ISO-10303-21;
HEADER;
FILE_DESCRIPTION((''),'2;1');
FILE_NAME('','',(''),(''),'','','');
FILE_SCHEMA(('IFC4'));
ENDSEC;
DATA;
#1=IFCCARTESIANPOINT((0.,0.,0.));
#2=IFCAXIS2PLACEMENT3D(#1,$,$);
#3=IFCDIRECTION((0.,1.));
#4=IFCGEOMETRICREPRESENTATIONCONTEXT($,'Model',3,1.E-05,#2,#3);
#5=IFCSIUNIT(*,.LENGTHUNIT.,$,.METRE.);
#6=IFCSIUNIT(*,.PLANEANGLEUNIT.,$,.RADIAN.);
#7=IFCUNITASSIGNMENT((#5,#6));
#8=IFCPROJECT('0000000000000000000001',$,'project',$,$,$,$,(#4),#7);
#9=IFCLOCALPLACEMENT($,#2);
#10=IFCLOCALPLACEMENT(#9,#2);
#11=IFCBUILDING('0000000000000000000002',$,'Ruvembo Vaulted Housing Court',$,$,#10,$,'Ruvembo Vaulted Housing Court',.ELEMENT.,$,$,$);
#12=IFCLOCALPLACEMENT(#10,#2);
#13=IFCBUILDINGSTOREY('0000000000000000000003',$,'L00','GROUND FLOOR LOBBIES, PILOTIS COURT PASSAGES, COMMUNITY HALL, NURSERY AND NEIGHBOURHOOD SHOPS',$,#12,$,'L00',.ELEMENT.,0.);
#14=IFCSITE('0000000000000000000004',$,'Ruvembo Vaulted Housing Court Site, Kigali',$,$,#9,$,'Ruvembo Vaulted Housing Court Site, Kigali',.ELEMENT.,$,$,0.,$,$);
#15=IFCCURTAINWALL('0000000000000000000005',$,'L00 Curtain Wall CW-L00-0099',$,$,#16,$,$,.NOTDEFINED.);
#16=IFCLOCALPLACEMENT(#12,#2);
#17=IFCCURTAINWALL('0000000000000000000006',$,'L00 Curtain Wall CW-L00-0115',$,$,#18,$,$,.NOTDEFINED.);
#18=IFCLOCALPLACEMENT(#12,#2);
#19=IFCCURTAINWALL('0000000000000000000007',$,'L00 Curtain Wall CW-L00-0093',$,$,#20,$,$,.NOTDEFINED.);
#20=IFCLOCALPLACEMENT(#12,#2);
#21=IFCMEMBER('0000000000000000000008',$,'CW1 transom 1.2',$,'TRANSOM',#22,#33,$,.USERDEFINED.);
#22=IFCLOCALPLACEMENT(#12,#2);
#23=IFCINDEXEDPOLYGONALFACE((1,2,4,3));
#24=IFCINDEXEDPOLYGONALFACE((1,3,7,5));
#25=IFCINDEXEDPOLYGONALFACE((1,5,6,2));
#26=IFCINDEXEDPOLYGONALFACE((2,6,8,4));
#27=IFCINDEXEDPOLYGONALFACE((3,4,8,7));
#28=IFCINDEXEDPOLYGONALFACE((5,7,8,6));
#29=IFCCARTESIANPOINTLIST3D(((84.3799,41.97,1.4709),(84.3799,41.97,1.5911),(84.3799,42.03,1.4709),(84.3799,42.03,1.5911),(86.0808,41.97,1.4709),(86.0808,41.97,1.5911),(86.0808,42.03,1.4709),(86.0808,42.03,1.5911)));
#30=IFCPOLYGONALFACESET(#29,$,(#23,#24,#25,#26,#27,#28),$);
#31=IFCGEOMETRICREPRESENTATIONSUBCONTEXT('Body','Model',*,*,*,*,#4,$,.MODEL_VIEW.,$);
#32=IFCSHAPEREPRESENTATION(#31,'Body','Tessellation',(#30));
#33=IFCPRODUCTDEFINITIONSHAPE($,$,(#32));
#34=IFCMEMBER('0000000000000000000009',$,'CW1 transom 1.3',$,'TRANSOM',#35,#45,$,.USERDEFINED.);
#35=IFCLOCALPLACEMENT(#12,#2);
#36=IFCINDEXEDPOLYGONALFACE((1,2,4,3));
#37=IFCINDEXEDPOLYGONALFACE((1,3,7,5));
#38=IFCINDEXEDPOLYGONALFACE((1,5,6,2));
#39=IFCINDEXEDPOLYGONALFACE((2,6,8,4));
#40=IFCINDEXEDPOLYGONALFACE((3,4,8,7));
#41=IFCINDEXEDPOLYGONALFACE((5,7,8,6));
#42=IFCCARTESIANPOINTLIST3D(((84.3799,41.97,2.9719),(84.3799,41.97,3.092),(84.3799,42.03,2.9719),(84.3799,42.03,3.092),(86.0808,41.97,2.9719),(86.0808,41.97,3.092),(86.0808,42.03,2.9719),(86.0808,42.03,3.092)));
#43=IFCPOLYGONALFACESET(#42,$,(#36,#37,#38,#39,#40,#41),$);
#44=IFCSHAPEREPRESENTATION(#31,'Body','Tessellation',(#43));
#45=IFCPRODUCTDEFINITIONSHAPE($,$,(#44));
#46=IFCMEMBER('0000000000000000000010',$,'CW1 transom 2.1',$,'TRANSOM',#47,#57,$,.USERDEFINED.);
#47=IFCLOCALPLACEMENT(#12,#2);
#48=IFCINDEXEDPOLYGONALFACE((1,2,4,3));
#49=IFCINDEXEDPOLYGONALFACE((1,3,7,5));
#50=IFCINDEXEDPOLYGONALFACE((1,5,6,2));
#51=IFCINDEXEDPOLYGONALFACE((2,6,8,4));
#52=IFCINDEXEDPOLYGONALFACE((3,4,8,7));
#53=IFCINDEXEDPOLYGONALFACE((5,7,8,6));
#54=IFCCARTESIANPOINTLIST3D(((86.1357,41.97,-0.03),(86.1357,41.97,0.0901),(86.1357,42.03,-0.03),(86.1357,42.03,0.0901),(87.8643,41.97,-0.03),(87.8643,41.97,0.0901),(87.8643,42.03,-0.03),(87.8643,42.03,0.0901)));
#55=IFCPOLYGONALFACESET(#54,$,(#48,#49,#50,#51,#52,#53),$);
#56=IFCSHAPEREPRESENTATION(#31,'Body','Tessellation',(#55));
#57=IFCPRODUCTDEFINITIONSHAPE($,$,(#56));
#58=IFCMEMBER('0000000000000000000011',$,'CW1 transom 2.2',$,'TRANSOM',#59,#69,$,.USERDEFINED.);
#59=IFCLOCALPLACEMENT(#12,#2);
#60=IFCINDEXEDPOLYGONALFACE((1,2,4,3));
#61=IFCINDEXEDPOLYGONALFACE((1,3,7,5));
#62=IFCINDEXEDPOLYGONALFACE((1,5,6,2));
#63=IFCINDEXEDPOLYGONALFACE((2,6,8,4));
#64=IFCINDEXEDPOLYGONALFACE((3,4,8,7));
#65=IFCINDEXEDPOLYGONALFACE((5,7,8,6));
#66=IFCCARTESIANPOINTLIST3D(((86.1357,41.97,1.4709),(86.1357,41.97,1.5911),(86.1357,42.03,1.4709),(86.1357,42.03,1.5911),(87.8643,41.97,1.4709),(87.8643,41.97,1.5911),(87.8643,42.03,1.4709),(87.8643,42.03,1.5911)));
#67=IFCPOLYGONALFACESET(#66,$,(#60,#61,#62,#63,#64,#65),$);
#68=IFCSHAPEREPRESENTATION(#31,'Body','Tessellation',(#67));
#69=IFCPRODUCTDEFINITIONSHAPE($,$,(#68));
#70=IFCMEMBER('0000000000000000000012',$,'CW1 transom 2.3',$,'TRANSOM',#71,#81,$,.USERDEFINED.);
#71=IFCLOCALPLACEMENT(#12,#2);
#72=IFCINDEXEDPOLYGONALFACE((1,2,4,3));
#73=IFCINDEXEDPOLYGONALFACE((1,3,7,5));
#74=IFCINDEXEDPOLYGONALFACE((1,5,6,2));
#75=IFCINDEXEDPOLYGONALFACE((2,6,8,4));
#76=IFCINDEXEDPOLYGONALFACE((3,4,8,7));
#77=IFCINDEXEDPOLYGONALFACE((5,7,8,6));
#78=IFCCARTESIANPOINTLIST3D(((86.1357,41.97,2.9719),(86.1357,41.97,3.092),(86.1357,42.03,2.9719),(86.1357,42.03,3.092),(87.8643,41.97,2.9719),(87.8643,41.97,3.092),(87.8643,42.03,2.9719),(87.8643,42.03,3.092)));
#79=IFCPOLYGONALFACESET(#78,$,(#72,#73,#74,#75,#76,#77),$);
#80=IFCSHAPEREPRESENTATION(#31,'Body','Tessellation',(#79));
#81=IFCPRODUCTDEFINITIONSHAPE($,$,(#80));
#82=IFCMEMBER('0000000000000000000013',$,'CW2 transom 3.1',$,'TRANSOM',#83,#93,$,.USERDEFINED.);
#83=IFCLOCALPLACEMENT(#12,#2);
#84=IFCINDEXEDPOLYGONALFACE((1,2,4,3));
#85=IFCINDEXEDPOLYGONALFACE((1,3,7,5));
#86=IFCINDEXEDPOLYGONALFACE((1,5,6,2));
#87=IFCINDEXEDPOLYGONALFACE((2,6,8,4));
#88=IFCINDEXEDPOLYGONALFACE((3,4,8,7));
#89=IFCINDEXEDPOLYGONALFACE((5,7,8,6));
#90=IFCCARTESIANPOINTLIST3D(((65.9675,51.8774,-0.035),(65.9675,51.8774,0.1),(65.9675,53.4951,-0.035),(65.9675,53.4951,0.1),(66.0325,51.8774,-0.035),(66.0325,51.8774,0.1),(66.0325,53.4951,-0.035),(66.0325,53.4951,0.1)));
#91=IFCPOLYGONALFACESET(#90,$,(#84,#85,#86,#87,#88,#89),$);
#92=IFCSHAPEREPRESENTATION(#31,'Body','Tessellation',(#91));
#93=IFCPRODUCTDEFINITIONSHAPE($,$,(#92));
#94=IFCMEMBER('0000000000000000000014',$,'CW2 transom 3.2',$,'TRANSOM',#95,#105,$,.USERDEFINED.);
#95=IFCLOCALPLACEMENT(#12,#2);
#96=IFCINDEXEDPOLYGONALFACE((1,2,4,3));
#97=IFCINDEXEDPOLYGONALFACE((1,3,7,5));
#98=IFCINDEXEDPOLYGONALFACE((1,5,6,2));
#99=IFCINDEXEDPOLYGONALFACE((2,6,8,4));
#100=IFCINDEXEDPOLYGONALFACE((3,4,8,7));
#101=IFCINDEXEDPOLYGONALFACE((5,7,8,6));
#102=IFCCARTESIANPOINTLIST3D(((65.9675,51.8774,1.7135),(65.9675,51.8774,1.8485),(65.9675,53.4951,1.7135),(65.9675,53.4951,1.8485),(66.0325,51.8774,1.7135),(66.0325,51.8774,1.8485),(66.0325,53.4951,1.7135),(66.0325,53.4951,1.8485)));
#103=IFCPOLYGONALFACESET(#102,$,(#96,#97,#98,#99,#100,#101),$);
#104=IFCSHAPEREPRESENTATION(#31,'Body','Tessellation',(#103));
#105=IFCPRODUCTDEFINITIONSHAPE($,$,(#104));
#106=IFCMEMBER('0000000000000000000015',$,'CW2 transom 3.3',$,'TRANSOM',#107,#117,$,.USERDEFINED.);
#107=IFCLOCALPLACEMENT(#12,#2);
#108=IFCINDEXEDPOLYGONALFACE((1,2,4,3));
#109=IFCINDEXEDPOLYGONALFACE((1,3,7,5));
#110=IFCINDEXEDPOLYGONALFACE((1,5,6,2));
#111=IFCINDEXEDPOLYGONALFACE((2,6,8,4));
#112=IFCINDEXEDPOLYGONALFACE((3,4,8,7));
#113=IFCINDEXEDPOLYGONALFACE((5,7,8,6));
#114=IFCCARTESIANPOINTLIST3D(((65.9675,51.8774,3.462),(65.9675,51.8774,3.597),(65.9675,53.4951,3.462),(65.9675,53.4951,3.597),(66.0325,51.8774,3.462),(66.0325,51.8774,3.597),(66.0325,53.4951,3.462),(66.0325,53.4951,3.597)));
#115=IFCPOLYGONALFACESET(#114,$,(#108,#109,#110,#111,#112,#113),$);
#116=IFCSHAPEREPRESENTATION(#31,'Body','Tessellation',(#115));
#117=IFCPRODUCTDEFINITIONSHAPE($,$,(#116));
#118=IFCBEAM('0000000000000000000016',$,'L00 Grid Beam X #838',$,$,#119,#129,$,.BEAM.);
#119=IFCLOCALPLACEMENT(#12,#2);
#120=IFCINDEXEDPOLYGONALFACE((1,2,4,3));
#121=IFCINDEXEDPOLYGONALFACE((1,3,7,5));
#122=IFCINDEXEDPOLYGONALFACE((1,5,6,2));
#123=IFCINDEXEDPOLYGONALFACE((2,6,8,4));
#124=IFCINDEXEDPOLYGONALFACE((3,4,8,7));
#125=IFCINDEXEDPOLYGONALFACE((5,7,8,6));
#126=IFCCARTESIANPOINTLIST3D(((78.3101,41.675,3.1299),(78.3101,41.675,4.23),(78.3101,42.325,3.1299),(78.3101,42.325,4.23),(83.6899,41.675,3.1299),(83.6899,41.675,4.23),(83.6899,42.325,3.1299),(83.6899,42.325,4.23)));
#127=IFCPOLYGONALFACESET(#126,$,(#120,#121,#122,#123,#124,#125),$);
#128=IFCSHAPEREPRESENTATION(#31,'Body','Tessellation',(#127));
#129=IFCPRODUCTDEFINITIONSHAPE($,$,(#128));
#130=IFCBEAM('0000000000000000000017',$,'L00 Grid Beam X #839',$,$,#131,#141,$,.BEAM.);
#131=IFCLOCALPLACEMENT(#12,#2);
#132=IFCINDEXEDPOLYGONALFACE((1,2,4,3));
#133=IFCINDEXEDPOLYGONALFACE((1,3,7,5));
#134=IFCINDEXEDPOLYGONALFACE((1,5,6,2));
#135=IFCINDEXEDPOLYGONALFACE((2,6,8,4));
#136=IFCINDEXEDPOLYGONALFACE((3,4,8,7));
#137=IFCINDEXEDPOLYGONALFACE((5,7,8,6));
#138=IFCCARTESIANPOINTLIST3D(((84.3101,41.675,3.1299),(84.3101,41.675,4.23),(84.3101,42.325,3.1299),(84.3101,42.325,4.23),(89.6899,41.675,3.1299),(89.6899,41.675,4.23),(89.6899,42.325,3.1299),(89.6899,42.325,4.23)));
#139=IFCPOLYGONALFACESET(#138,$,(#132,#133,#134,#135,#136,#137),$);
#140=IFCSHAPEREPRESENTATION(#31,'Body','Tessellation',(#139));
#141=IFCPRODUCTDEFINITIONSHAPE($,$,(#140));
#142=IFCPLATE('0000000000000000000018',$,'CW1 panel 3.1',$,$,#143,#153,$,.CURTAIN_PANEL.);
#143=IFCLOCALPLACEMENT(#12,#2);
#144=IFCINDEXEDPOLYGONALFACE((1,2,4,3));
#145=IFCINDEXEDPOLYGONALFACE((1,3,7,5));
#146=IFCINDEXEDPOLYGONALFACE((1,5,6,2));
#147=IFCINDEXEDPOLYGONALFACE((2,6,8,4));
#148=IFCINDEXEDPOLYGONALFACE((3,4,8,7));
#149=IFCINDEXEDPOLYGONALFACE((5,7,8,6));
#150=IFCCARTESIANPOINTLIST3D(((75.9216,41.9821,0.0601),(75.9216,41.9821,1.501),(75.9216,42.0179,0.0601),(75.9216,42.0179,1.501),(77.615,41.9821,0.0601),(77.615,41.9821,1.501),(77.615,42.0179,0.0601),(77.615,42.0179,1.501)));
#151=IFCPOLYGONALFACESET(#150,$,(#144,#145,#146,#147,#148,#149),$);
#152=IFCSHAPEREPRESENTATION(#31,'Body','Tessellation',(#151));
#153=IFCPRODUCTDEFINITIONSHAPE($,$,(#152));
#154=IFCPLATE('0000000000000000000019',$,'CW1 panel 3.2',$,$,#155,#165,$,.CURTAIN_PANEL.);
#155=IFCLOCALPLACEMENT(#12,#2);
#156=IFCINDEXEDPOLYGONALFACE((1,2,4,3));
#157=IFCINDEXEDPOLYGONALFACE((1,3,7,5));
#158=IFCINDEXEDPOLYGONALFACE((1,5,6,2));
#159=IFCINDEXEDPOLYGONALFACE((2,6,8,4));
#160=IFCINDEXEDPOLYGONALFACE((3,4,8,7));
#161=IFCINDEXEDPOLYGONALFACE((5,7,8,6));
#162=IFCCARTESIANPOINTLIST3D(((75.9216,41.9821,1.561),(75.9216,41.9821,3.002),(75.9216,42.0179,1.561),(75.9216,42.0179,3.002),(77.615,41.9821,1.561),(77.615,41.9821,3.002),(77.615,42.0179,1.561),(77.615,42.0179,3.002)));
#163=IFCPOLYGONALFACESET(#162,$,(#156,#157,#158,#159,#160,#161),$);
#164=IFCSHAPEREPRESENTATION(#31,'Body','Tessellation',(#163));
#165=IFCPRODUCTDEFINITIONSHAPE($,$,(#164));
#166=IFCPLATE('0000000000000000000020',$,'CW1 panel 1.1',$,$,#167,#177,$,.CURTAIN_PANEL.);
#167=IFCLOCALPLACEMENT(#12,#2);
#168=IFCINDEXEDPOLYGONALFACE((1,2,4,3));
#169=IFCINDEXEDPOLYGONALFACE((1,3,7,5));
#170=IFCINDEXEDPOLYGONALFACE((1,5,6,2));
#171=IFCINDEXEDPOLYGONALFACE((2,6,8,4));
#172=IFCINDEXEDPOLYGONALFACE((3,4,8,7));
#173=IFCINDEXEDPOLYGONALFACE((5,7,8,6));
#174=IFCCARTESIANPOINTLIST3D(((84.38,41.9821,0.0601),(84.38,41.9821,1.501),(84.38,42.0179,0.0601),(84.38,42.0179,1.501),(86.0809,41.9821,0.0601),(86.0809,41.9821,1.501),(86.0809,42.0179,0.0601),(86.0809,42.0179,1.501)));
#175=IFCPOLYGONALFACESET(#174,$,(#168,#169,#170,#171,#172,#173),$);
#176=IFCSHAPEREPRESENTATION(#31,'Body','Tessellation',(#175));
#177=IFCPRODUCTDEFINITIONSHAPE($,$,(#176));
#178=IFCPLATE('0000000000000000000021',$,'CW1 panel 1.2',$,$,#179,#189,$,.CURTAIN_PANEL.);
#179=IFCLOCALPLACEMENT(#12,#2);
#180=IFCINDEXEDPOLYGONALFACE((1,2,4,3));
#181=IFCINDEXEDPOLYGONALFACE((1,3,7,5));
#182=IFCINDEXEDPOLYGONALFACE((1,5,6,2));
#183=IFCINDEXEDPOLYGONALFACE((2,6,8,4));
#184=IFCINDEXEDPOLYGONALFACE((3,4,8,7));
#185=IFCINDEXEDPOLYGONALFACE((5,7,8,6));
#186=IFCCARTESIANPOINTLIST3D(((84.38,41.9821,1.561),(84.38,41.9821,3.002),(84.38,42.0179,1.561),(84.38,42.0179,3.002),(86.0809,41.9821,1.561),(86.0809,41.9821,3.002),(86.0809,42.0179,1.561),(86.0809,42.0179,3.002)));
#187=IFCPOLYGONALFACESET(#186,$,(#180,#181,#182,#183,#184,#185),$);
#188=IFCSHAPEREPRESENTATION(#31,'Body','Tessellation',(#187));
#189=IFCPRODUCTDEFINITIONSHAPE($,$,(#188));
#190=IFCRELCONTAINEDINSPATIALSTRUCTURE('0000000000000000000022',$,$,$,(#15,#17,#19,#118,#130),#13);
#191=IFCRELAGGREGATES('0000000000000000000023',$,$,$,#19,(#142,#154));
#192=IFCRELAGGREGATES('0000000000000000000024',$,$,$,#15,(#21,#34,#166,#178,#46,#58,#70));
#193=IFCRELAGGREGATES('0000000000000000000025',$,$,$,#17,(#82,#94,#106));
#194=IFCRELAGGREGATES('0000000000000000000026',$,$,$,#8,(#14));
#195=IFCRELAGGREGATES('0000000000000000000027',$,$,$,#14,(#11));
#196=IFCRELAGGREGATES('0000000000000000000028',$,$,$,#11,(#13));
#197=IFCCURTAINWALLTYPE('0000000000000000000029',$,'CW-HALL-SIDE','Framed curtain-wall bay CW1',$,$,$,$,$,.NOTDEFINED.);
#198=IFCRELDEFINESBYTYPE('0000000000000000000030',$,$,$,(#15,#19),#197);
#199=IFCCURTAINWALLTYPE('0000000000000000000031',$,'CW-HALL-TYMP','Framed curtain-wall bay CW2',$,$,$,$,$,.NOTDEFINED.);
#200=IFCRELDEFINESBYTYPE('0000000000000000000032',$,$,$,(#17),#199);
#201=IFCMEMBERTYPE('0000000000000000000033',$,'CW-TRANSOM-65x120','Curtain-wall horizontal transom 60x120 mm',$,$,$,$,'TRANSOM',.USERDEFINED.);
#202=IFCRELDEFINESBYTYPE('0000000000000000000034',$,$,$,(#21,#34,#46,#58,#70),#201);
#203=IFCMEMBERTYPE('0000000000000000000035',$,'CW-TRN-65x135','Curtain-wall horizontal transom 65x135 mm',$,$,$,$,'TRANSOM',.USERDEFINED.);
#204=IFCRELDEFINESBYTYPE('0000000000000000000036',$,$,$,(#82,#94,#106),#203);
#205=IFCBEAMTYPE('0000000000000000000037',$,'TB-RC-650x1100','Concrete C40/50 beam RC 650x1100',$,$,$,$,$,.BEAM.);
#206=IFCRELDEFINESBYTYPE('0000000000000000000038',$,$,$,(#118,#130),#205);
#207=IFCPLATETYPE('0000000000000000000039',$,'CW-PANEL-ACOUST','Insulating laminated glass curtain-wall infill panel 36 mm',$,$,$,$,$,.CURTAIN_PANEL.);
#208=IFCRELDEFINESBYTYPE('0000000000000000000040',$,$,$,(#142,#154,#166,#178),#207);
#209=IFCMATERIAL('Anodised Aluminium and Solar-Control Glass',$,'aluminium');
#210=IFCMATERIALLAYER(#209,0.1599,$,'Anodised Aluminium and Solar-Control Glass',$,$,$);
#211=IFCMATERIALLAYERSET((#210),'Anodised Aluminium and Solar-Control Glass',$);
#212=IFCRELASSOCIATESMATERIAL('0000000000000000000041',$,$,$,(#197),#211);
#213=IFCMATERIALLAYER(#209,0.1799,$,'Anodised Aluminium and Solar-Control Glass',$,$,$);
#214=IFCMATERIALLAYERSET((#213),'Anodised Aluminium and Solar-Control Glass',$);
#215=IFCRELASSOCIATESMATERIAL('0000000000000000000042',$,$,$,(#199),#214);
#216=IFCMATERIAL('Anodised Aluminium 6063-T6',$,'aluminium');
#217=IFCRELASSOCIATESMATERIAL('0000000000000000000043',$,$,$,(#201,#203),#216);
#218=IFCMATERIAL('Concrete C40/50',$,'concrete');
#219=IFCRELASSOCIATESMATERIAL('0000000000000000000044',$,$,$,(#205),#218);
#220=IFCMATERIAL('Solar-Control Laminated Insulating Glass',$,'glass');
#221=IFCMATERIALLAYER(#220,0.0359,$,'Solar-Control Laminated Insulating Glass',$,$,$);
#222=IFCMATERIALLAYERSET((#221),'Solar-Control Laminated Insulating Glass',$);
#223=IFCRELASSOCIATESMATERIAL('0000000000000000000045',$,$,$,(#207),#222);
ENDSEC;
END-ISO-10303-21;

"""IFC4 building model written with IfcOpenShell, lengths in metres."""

from ifc_helpers import new_model, si_unit, direction, frame, origin, origin_2d, place, context, subcontext, project, spatial, rectangle, extrude, material, layer, layer_set, material_profile, profile_set, type_object, element, aggregate, save


model = new_model("IFC4")

# Units and contexts
model_context = context("Model", 3, precision=1e-05, world=origin(), true_north=direction((0.0, 1.0)))
body_context = subcontext(model_context, "Body", "Model", "MODEL_VIEW")
ifc_project = project(units=[si_unit("LENGTHUNIT", "METRE"), si_unit("PLANEANGLEUNIT", "RADIAN")], contexts=[model_context])

# Site, building, storey
site_placement = place(None, origin())
site = spatial("IfcSite", under=ifc_project, at=site_placement, Name="Ruvembo Vaulted Housing Court Site, Kigali", LongName="Ruvembo Vaulted Housing Court Site, Kigali", CompositionType="ELEMENT", RefElevation=0.0)
building_placement = place(site_placement, origin())
building = spatial("IfcBuilding", under=site, at=building_placement, Name="Ruvembo Vaulted Housing Court", LongName="Ruvembo Vaulted Housing Court", CompositionType="ELEMENT")
storey_placement = place(building_placement, origin())
storey = spatial("IfcBuildingStorey", under=building, at=storey_placement, Name="L00", Description="GROUND FLOOR LOBBIES, PILOTIS COURT PASSAGES, COMMUNITY HALL, NURSERY AND NEIGHBOURHOOD SHOPS", LongName="L00", CompositionType="ELEMENT", Elevation=0.0)

# Shared definitions
ifc_material_1 = material(Name="Concrete C40/50", Category="concrete")

# Curtain walls
ifc_material_2 = material(Name="Anodised Aluminium and Solar-Control Glass", Category="aluminium")
ifc_layer_1 = layer(ifc_material_2, 0.1599, Name="Anodised Aluminium and Solar-Control Glass")
ifc_layer_set_1 = layer_set([ifc_layer_1], Name="Anodised Aluminium and Solar-Control Glass")
curtain_wall_type_1 = type_object("IfcCurtainWallType", Name="CW-HALL-SIDE", Description="Framed curtain-wall bay CW1", PredefinedType="NOTDEFINED", material=ifc_layer_set_1)
curtain_wall_1_placement = place(storey_placement, origin())
curtain_wall_1 = element("IfcCurtainWall", 1, at=curtain_wall_1_placement, inside=storey, type_object=curtain_wall_type_1, Name="L00 Curtain Wall CW-L00-0099", PredefinedType="NOTDEFINED")
ifc_material_3 = material(Name="Anodised Aluminium 6063-T6", Category="aluminium")
ifc_layer_2 = layer(ifc_material_2, 0.1799, Name="Anodised Aluminium and Solar-Control Glass")
ifc_layer_set_2 = layer_set([ifc_layer_2], Name="Anodised Aluminium and Solar-Control Glass")
curtain_wall_type_2 = type_object("IfcCurtainWallType", Name="CW-HALL-TYMP", Description="Framed curtain-wall bay CW2", PredefinedType="NOTDEFINED", material=ifc_layer_set_2)
curtain_wall_2_placement = place(storey_placement, origin())
curtain_wall_2 = element("IfcCurtainWall", 2, at=curtain_wall_2_placement, inside=storey, type_object=curtain_wall_type_2, Name="L00 Curtain Wall CW-L00-0115", PredefinedType="NOTDEFINED")

# Curtain wall
curtain_wall_3_placement = place(storey_placement, origin())
curtain_wall_3 = element("IfcCurtainWall", 3, at=curtain_wall_3_placement, inside=storey, type_object=curtain_wall_type_1, Name="L00 Curtain Wall CW-L00-0093", PredefinedType="NOTDEFINED")

# Members
ifc_material_profile_1 = material_profile(ifc_material_3, rectangle(XDim=0.0601, YDim=0.1201, at=origin_2d()), Name="ALU 60x120")
ifc_profile_set_1 = profile_set([ifc_material_profile_1], Name="Anodised Aluminium 6063-T6")
member_type_1 = type_object("IfcMemberType", Name="CW-TRANSOM-65x120", Description="Curtain-wall horizontal transom 60x120 mm", ElementType="TRANSOM", PredefinedType="USERDEFINED", material=ifc_profile_set_1)
member_1_placement = place(storey_placement, frame((84.3799, 42.0, 1.531), z_axis=(1.0, 0.0, 0.0), x_axis=(0.0, 1.0, 0.0)))
member_1 = element("IfcMember", 4, at=member_1_placement, type_object=member_type_1, Name="CW1 transom 1.2", ObjectType="TRANSOM", PredefinedType="USERDEFINED", context=body_context, shape_type="SweptSolid", body=[
    extrude(rectangle(XDim=0.0601, YDim=0.1201, at=origin_2d()), origin(), (0.0, 0.0, 1.0), 1.7009),
])
member_2_placement = place(storey_placement, frame((84.3799, 42.0, 3.032), z_axis=(1.0, 0.0, 0.0), x_axis=(0.0, 1.0, 0.0)))
member_2 = element("IfcMember", 5, at=member_2_placement, type_object=member_type_1, Name="CW1 transom 1.3", ObjectType="TRANSOM", PredefinedType="USERDEFINED", context=body_context, shape_type="SweptSolid", body=[
    extrude(rectangle(XDim=0.0601, YDim=0.1201, at=origin_2d()), origin(), (0.0, 0.0, 1.0), 1.7009),
])
member_3_placement = place(storey_placement, frame((86.1357, 42.0, 0.03), z_axis=(1.0, 0.0, 0.0), x_axis=(0.0, 1.0, 0.0)))
member_3 = element("IfcMember", 6, at=member_3_placement, type_object=member_type_1, Name="CW1 transom 2.1", ObjectType="TRANSOM", PredefinedType="USERDEFINED", context=body_context, shape_type="SweptSolid", body=[
    extrude(rectangle(XDim=0.0601, YDim=0.1201, at=origin_2d()), origin(), (0.0, 0.0, 1.0), 1.7285),
])
member_4_placement = place(storey_placement, frame((86.1357, 42.0, 1.531), z_axis=(1.0, 0.0, 0.0), x_axis=(0.0, 1.0, 0.0)))
member_4 = element("IfcMember", 7, at=member_4_placement, type_object=member_type_1, Name="CW1 transom 2.2", ObjectType="TRANSOM", PredefinedType="USERDEFINED", context=body_context, shape_type="SweptSolid", body=[
    extrude(rectangle(XDim=0.0601, YDim=0.1201, at=origin_2d()), origin(), (0.0, 0.0, 1.0), 1.7285),
])
member_5_placement = place(storey_placement, frame((86.1357, 42.0, 3.032), z_axis=(1.0, 0.0, 0.0), x_axis=(0.0, 1.0, 0.0)))
member_5 = element("IfcMember", 8, at=member_5_placement, type_object=member_type_1, Name="CW1 transom 2.3", ObjectType="TRANSOM", PredefinedType="USERDEFINED", context=body_context, shape_type="SweptSolid", body=[
    extrude(rectangle(XDim=0.0601, YDim=0.1201, at=origin_2d()), origin(), (0.0, 0.0, 1.0), 1.7285),
])
ifc_material_profile_2 = material_profile(ifc_material_3, rectangle(XDim=0.0649, YDim=0.135, at=origin_2d()), Name="ALU 65x135")
ifc_profile_set_2 = profile_set([ifc_material_profile_2], Name="Anodised Aluminium 6063-T6")
member_type_2 = type_object("IfcMemberType", Name="CW-TRN-65x135", Description="Curtain-wall horizontal transom 65x135 mm", ElementType="TRANSOM", PredefinedType="USERDEFINED", material=ifc_profile_set_2)
member_6_placement = place(storey_placement, frame((66.0, 51.8774, 0.0325), z_axis=(0.0, 1.0, 0.0), x_axis=(-1.0, 0.0, 0.0)))
member_6 = element("IfcMember", 9, at=member_6_placement, type_object=member_type_2, Name="CW2 transom 3.1", ObjectType="TRANSOM", PredefinedType="USERDEFINED", context=body_context, shape_type="SweptSolid", body=[
    extrude(rectangle(XDim=0.0649, YDim=0.135, at=origin_2d()), origin(), (0.0, 0.0, 1.0), 1.6177),
])
member_7_placement = place(storey_placement, frame((66.0, 51.8774, 1.781), z_axis=(0.0, 1.0, 0.0), x_axis=(-1.0, 0.0, 0.0)))
member_7 = element("IfcMember", 10, at=member_7_placement, type_object=member_type_2, Name="CW2 transom 3.2", ObjectType="TRANSOM", PredefinedType="USERDEFINED", context=body_context, shape_type="SweptSolid", body=[
    extrude(rectangle(XDim=0.0649, YDim=0.135, at=origin_2d()), origin(), (0.0, 0.0, 1.0), 1.6177),
])
member_8_placement = place(storey_placement, frame((66.0, 51.8774, 3.5295), z_axis=(0.0, 1.0, 0.0), x_axis=(-1.0, 0.0, 0.0)))
member_8 = element("IfcMember", 11, at=member_8_placement, type_object=member_type_2, Name="CW2 transom 3.3", ObjectType="TRANSOM", PredefinedType="USERDEFINED", context=body_context, shape_type="SweptSolid", body=[
    extrude(rectangle(XDim=0.0649, YDim=0.135, at=origin_2d()), origin(), (0.0, 0.0, 1.0), 1.6177),
])

# Beams
ifc_material_profile_3 = material_profile(ifc_material_1, rectangle(XDim=0.6499, YDim=1.1001, at=origin_2d()), Name="RC 650x1100")
ifc_profile_set_3 = profile_set([ifc_material_profile_3], Name="Concrete C40/50")
beam_type_1 = type_object("IfcBeamType", Name="TB-RC-650x1100", Description="Concrete C40/50 beam RC 650x1100", PredefinedType="BEAM", material=ifc_profile_set_3)
for number, where, z_axis, x_axis, name in (
    (12, (78.3101, 42.0, 3.6799), (1.0, 0.0, 0.0), (0.0, 1.0, 0.0), "L00 Grid Beam X #838"),
    (13, (84.3101, 42.0, 3.6799), (1.0, 0.0, 0.0), (0.0, 1.0, 0.0), "L00 Grid Beam X #839"),
):
    element("IfcBeam", number, at=place(storey_placement, frame(where, z_axis=z_axis, x_axis=x_axis)), inside=storey, type_object=beam_type_1, Name=name, PredefinedType="BEAM", context=body_context, shape_type="SweptSolid", body=[
        extrude(rectangle(XDim=0.6499, YDim=1.1001, at=origin_2d()), origin(), (0.0, 0.0, 1.0), 5.3799),
    ])

# Plates
ifc_material_4 = material(Name="Solar-Control Laminated Insulating Glass", Category="glass")
ifc_layer_3 = layer(ifc_material_4, 0.0359, Name="Solar-Control Laminated Insulating Glass")
ifc_layer_set_3 = layer_set([ifc_layer_3], Name="Solar-Control Laminated Insulating Glass")
plate_type_1 = type_object("IfcPlateType", Name="CW-PANEL-ACOUST", Description="Insulating laminated glass curtain-wall infill panel 36 mm", PredefinedType="CURTAIN_PANEL", material=ifc_layer_set_3)
plate_1_placement = place(storey_placement, frame((76.7683, 42.0, 0.0601), z_axis=(0.0, 0.0, 1.0), x_axis=(1.0, 0.0, 0.0)))
plate_1 = element("IfcPlate", 14, at=plate_1_placement, type_object=plate_type_1, Name="CW1 panel 3.1", PredefinedType="CURTAIN_PANEL", context=body_context, shape_type="SweptSolid", body=[
    extrude(rectangle(XDim=1.6934, YDim=0.0359, at=origin_2d()), origin(), (0.0, 0.0, 1.0), 1.4409),
])
plate_2_placement = place(storey_placement, frame((76.7683, 42.0, 1.561), z_axis=(0.0, 0.0, 1.0), x_axis=(1.0, 0.0, 0.0)))
plate_2 = element("IfcPlate", 15, at=plate_2_placement, type_object=plate_type_1, Name="CW1 panel 3.2", PredefinedType="CURTAIN_PANEL", context=body_context, shape_type="SweptSolid", body=[
    extrude(rectangle(XDim=1.6934, YDim=0.0359, at=origin_2d()), origin(), (0.0, 0.0, 1.0), 1.4409),
])
aggregate(curtain_wall_3, [plate_1, plate_2])
plate_3_placement = place(storey_placement, frame((85.2305, 42.0, 0.0601), z_axis=(0.0, 0.0, 1.0), x_axis=(1.0, 0.0, 0.0)))
plate_3 = element("IfcPlate", 16, at=plate_3_placement, type_object=plate_type_1, Name="CW1 panel 1.1", PredefinedType="CURTAIN_PANEL", context=body_context, shape_type="SweptSolid", body=[
    extrude(rectangle(XDim=1.7009, YDim=0.0359, at=origin_2d()), origin(), (0.0, 0.0, 1.0), 1.4409),
])
plate_4_placement = place(storey_placement, frame((85.2305, 42.0, 1.561), z_axis=(0.0, 0.0, 1.0), x_axis=(1.0, 0.0, 0.0)))
plate_4 = element("IfcPlate", 17, at=plate_4_placement, type_object=plate_type_1, Name="CW1 panel 1.2", PredefinedType="CURTAIN_PANEL", context=body_context, shape_type="SweptSolid", body=[
    extrude(rectangle(XDim=1.7009, YDim=0.0359, at=origin_2d()), origin(), (0.0, 0.0, 1.0), 1.4409),
])
aggregate(curtain_wall_1, [member_1, member_2, plate_3, plate_4, member_3, member_4, member_5])
aggregate(curtain_wall_2, [member_6, member_7, member_8])

save(model, "model.ifc")
